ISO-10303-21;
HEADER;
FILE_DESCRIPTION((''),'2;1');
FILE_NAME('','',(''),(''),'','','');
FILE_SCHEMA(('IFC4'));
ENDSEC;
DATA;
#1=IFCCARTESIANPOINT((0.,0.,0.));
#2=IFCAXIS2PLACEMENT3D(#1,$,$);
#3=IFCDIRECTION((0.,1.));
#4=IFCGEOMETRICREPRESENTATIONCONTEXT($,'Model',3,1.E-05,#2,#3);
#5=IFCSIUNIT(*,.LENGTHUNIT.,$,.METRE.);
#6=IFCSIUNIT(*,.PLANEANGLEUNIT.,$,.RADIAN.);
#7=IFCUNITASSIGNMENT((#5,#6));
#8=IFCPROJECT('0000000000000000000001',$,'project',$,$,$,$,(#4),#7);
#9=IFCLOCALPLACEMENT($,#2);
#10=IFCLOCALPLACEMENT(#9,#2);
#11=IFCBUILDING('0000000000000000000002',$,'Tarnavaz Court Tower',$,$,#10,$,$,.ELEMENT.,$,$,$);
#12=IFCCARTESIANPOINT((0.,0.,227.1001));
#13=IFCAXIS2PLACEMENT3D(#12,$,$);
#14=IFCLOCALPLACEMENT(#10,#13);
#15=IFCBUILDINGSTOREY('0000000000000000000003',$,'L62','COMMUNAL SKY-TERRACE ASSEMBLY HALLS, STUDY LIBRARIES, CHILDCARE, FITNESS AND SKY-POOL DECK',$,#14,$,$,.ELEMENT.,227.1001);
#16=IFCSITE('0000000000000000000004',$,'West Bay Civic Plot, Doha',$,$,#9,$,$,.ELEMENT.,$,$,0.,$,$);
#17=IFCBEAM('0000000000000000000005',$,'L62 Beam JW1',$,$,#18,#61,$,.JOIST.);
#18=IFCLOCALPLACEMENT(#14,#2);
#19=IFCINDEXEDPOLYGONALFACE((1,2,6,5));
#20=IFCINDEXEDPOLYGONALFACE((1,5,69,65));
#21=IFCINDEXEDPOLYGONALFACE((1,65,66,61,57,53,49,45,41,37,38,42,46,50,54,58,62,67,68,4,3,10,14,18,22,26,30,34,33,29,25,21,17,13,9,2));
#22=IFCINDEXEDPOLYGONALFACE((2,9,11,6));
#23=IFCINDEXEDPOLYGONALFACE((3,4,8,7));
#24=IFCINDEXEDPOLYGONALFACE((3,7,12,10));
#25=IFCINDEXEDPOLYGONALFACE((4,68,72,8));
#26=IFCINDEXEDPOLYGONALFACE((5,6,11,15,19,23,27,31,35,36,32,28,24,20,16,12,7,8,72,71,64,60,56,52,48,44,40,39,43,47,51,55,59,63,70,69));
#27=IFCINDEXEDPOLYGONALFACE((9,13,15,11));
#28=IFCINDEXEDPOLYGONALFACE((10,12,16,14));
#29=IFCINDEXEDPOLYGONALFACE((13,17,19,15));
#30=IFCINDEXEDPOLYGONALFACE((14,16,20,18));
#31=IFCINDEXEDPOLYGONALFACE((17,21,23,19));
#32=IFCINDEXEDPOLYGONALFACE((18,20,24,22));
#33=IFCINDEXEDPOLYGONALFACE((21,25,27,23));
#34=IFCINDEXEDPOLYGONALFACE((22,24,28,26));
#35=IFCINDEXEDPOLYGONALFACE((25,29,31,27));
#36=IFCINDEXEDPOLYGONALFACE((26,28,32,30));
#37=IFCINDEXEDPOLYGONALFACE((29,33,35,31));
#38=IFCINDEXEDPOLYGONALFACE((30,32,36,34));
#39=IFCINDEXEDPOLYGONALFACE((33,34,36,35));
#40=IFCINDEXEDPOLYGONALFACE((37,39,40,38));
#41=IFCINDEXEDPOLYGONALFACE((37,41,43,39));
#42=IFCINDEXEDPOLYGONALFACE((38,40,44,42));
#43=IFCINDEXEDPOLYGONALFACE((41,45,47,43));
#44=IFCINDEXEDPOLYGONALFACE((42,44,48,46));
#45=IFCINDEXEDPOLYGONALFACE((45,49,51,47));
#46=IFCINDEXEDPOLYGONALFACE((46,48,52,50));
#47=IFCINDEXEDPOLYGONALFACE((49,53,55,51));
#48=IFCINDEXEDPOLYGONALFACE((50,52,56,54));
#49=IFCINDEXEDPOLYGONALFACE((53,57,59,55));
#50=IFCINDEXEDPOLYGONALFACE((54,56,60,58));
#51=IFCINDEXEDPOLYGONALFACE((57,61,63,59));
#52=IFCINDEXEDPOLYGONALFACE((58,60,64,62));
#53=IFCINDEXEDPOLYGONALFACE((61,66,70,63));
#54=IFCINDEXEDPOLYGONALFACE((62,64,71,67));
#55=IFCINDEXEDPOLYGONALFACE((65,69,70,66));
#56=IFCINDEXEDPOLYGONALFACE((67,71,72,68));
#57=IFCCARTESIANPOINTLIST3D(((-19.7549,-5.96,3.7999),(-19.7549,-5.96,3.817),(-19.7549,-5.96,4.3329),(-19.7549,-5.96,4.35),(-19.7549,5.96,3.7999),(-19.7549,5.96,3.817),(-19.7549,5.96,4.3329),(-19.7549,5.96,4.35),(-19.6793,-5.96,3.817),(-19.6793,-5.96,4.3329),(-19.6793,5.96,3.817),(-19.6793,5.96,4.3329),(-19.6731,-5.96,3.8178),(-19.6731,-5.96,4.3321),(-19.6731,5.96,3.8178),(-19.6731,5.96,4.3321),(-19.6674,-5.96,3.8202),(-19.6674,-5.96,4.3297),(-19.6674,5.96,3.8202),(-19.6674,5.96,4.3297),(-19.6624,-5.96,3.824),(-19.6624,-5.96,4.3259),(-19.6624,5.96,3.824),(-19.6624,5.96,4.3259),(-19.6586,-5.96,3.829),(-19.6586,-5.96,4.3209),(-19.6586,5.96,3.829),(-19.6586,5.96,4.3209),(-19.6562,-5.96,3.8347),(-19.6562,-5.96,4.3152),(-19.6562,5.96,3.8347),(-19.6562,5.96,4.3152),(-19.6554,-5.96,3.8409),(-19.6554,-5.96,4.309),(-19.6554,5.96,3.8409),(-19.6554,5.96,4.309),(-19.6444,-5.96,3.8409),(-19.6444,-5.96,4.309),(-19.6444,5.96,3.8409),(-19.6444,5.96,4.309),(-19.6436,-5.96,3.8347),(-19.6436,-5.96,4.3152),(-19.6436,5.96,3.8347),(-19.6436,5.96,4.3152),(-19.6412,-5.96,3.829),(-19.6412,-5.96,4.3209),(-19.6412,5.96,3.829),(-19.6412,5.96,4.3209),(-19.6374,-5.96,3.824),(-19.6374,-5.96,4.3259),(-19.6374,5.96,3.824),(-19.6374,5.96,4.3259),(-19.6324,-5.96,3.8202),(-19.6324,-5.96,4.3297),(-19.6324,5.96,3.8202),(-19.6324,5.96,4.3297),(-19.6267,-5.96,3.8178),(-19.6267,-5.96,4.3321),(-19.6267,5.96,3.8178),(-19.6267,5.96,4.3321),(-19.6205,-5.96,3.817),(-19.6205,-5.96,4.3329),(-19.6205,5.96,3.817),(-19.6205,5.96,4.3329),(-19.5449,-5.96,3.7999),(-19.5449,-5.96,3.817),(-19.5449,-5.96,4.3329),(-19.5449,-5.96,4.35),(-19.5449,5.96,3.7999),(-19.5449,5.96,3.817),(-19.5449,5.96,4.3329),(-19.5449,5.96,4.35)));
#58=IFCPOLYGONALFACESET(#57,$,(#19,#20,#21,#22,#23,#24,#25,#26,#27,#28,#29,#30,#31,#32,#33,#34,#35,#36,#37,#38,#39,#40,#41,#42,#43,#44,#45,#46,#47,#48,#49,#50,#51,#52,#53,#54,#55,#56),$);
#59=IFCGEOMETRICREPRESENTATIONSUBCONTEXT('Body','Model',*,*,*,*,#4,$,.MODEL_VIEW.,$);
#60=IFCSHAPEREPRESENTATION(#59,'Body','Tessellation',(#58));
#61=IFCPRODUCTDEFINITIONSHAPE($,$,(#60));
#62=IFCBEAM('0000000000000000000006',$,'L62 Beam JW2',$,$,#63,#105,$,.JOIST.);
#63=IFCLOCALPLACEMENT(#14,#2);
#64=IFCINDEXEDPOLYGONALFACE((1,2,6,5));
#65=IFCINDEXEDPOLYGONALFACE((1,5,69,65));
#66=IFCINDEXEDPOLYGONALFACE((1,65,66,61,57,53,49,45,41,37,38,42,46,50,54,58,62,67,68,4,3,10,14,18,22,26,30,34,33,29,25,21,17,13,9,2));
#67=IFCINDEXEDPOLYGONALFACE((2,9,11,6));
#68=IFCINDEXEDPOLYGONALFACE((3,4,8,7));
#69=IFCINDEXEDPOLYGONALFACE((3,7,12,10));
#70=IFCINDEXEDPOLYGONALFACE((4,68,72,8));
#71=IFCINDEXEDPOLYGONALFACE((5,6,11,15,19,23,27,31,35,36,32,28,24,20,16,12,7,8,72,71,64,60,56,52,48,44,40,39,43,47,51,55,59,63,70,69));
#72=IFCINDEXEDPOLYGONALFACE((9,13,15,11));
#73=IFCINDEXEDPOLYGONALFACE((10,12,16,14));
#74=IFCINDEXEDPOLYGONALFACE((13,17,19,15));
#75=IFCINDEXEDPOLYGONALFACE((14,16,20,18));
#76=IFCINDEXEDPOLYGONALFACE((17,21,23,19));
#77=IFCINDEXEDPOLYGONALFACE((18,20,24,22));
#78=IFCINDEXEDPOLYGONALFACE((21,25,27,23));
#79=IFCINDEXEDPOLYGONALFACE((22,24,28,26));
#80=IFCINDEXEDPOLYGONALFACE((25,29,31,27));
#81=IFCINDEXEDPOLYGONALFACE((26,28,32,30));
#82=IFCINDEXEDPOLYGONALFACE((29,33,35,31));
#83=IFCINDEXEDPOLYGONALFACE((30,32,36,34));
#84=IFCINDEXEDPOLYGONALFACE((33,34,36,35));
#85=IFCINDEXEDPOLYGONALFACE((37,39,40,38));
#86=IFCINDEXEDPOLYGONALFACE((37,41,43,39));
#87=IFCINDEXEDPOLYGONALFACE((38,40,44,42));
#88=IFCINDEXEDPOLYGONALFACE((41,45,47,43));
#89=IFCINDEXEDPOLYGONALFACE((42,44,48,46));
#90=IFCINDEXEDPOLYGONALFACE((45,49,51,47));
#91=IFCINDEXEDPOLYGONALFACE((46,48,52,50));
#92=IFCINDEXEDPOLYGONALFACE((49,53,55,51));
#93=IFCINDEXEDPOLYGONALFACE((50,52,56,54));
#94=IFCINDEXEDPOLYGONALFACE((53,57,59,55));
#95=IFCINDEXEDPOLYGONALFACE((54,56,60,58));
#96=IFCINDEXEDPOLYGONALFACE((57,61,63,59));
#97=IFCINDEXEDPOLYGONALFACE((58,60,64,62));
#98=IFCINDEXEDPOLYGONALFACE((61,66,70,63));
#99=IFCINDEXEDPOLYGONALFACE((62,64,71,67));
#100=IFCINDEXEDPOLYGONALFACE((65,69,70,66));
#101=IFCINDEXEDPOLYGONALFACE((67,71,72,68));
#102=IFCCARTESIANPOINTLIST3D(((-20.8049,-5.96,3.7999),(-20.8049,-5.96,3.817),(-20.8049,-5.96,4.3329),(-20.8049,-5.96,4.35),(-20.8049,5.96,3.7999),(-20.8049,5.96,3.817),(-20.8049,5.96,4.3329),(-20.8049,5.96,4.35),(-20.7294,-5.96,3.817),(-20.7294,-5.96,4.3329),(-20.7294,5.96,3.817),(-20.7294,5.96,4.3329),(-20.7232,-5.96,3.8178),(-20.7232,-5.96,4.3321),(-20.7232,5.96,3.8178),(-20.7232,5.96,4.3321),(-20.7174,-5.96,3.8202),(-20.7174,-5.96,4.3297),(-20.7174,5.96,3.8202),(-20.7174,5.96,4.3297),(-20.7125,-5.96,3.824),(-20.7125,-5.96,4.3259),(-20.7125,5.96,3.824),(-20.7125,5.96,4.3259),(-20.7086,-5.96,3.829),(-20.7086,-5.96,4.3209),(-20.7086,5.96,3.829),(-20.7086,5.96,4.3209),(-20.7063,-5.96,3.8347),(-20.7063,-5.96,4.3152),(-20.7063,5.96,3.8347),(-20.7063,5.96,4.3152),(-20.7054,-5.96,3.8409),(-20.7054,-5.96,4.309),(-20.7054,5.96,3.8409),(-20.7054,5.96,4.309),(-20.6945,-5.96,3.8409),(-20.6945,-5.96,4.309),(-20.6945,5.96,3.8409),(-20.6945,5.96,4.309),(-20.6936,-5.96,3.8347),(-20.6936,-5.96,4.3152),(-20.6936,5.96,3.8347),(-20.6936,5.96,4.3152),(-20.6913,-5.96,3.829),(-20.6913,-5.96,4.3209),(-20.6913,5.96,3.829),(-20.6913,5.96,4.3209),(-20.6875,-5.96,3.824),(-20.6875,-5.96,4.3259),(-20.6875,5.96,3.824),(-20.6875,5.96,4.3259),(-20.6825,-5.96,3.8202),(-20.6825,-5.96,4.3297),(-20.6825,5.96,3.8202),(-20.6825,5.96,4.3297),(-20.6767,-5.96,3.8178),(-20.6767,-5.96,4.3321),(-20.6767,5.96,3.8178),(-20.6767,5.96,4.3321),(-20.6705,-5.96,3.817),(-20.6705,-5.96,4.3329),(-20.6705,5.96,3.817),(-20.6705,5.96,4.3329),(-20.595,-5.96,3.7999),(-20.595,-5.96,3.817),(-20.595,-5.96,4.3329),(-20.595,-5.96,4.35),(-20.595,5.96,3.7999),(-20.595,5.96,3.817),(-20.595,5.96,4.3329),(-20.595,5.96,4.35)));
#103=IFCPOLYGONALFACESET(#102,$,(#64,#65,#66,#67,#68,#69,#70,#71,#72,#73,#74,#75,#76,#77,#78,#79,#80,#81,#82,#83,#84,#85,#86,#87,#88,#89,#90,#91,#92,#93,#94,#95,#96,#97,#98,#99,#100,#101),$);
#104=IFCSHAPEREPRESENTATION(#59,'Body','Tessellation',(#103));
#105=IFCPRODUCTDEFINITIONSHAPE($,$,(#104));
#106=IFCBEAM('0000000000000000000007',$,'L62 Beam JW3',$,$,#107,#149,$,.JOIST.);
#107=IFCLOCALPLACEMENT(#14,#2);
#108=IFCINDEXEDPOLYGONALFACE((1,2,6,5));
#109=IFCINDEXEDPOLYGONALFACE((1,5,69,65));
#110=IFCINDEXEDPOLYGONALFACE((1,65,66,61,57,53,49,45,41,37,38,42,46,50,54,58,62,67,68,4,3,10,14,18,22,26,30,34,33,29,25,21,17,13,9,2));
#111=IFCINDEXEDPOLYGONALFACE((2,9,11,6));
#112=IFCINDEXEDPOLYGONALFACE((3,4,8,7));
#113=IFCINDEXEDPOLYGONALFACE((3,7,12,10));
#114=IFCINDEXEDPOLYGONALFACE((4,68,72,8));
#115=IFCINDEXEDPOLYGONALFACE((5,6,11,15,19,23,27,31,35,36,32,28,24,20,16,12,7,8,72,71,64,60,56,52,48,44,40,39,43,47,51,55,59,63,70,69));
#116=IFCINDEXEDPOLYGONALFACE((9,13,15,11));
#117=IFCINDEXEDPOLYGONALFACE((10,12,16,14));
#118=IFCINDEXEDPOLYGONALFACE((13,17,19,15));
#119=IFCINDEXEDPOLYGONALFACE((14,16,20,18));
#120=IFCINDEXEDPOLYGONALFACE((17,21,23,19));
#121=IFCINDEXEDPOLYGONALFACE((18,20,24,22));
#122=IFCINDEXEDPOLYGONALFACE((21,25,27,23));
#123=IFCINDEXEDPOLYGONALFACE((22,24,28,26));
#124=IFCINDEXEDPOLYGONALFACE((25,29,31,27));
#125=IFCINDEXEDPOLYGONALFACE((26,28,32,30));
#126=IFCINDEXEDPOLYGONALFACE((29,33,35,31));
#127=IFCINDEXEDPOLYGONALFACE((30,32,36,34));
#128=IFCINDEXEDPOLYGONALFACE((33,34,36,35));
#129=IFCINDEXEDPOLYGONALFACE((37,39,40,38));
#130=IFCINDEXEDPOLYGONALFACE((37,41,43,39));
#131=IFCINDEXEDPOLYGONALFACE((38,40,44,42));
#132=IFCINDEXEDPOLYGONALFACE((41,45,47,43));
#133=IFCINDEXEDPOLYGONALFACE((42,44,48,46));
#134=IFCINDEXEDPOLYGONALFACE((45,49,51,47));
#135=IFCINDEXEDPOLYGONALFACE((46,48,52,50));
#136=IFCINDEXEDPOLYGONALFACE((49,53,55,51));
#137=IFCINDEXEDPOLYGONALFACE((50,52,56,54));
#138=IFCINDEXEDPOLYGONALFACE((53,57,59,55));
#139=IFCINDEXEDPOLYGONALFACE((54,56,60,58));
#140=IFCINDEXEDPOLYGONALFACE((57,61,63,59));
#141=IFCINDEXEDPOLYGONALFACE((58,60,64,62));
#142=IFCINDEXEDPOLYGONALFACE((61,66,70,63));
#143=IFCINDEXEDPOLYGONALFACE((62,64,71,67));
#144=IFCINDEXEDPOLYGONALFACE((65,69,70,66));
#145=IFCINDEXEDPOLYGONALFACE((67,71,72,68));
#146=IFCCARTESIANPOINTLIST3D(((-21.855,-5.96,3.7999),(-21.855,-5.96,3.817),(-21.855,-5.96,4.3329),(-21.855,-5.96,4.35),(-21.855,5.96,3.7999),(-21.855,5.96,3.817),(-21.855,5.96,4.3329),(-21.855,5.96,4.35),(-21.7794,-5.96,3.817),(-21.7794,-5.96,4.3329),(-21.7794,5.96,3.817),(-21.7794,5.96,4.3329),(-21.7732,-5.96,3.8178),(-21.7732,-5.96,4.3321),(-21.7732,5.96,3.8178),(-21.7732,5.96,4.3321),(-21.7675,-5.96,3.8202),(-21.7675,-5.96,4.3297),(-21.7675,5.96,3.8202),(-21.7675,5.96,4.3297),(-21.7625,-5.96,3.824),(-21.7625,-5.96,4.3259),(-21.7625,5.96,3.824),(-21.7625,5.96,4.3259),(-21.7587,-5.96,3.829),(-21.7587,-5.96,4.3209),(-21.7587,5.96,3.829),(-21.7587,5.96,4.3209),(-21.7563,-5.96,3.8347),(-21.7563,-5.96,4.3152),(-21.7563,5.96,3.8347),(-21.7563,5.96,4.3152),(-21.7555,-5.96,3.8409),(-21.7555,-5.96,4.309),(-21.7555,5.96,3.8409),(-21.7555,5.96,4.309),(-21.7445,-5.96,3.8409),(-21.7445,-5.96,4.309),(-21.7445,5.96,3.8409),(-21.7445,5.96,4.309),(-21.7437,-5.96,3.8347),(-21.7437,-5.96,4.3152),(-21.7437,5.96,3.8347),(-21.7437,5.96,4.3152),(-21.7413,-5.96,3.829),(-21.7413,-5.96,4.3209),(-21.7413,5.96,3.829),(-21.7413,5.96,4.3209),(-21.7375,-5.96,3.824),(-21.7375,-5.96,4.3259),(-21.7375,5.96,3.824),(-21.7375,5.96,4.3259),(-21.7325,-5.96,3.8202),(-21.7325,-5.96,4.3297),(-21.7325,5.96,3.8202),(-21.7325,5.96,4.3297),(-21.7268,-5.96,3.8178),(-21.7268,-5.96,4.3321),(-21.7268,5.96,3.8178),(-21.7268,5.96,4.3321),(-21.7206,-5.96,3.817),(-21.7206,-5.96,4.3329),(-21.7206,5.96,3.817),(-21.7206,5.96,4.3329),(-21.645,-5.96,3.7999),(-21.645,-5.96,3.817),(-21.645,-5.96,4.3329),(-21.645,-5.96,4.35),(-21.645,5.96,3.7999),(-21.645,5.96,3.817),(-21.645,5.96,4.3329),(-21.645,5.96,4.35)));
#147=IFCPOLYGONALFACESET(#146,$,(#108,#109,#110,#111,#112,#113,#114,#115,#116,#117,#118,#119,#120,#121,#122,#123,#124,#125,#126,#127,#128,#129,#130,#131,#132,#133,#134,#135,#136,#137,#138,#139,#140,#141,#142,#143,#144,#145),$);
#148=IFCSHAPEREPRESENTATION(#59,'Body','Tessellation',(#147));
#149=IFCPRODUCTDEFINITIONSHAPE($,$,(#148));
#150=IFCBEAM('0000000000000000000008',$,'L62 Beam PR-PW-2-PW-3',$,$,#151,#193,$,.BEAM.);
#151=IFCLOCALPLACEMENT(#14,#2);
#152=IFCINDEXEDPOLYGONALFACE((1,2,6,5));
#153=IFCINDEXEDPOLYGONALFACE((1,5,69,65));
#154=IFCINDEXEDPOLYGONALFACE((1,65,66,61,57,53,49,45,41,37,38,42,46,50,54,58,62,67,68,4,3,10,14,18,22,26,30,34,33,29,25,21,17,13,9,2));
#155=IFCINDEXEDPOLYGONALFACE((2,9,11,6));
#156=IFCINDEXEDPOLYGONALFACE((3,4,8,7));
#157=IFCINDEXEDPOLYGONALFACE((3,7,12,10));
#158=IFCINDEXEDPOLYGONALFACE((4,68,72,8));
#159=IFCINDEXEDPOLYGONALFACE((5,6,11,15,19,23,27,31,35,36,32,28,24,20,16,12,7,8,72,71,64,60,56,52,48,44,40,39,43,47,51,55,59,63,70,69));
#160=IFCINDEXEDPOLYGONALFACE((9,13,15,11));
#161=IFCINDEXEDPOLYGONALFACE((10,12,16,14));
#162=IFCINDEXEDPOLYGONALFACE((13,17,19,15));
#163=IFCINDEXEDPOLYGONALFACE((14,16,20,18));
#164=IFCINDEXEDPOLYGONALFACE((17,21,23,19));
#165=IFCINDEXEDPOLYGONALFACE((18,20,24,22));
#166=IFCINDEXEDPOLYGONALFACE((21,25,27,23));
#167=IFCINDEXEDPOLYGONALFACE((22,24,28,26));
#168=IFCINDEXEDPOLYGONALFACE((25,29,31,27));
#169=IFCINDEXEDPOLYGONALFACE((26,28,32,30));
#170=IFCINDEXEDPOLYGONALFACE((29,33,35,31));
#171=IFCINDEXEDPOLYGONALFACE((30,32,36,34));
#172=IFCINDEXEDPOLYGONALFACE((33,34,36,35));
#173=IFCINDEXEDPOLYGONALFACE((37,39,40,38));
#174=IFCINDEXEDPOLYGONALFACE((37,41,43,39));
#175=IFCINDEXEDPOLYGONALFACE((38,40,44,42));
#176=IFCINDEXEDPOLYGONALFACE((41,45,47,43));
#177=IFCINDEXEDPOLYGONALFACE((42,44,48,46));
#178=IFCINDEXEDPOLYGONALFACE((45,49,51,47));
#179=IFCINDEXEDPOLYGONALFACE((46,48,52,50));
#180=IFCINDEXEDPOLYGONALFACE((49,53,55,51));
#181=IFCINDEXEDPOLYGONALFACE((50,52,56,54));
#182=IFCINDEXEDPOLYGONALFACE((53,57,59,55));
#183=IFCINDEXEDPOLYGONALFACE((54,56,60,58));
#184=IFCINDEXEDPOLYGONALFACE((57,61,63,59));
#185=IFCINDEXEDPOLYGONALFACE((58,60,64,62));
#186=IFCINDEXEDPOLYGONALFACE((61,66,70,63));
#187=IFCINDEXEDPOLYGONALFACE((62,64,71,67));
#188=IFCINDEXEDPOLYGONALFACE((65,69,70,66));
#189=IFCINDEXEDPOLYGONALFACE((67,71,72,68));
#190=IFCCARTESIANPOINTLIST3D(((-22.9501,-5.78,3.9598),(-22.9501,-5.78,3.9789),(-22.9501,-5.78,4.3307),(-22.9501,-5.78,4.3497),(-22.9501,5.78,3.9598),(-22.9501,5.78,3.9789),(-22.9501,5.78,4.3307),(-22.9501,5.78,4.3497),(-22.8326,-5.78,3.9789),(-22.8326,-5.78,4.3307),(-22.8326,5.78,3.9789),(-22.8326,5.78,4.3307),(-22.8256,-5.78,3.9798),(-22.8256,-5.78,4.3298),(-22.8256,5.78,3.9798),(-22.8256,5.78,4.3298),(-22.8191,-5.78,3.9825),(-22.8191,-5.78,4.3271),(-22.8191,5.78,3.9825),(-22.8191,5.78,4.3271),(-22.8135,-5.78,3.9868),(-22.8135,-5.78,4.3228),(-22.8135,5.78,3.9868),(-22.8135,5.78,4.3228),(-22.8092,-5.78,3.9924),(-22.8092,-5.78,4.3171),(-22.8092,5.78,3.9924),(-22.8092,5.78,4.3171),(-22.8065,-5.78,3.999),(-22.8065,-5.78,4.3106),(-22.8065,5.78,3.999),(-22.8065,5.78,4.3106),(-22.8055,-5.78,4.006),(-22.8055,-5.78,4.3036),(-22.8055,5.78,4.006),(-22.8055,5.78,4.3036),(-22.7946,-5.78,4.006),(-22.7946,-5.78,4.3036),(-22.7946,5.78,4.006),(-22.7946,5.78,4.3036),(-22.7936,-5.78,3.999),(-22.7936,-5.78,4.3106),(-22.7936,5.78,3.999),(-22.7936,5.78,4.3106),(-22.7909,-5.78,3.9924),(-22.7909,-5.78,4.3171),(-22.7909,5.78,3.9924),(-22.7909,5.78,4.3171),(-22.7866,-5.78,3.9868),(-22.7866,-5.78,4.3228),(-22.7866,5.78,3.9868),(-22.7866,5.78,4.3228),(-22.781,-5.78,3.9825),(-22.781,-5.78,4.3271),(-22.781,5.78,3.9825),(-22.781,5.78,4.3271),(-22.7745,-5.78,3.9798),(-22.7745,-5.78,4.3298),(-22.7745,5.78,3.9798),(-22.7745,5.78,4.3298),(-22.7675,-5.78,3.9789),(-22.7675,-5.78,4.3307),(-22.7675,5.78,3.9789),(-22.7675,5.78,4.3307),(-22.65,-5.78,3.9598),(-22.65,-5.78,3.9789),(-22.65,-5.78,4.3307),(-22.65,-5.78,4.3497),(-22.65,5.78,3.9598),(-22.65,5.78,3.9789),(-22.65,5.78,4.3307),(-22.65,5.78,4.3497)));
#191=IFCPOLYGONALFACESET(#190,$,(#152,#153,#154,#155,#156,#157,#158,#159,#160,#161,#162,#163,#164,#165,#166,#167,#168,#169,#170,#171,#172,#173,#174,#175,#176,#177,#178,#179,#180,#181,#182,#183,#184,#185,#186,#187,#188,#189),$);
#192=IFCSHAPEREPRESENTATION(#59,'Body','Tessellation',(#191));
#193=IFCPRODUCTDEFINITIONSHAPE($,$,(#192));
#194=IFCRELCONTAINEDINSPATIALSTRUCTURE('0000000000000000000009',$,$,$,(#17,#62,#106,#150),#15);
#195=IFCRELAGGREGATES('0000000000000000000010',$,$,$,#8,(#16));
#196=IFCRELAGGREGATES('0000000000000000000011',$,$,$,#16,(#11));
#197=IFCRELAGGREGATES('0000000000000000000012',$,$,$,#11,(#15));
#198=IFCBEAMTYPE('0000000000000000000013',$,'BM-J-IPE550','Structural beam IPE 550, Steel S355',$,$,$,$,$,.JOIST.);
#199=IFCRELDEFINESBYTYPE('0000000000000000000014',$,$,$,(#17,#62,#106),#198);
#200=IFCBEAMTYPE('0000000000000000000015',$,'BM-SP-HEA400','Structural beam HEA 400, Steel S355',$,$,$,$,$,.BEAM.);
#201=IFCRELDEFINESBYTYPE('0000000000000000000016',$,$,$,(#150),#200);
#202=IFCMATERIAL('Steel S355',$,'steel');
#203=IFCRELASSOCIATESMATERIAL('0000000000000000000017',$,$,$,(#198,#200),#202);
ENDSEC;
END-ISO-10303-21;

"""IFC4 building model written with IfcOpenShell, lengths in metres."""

from ifc_helpers import new_model, si_unit, direction, frame, origin, origin_2d, place, context, subcontext, project, spatial, i_section, extrude, material, material_profile, profile_set, type_object, element, save


model = new_model("IFC4")

# Units and contexts
model_context = context("Model", 3, precision=1e-05, world=origin(), true_north=direction((0.0, 1.0)))
body_context = subcontext(model_context, "Body", "Model", "MODEL_VIEW")
ifc_project = project(units=[si_unit("LENGTHUNIT", "METRE"), si_unit("PLANEANGLEUNIT", "RADIAN")], contexts=[model_context])

# Site, building, storey
site_placement = place(None, origin())
site = spatial("IfcSite", under=ifc_project, at=site_placement, Name="West Bay Civic Plot, Doha", CompositionType="ELEMENT", RefElevation=0.0)
building_placement = place(site_placement, origin())
building = spatial("IfcBuilding", under=site, at=building_placement, Name="Tarnavaz Court Tower", CompositionType="ELEMENT")
storey_placement = place(building_placement, frame((0.0, 0.0, 227.1001)))
storey = spatial("IfcBuildingStorey", under=building, at=storey_placement, Name="L62", Description="COMMUNAL SKY-TERRACE ASSEMBLY HALLS, STUDY LIBRARIES, CHILDCARE, FITNESS AND SKY-POOL DECK", CompositionType="ELEMENT", Elevation=227.1001)

# Beams
ifc_material_1 = material(Name="Steel S355", Category="steel")
ifc_material_profile_1 = material_profile(ifc_material_1, i_section(OverallWidth=0.21, OverallDepth=0.55, WebThickness=0.011, FlangeThickness=0.0171, FilletRadius=0.0239, at=origin_2d()), Name="IPE 550")
ifc_profile_set_1 = profile_set([ifc_material_profile_1], Name="Steel S355")
beam_type_1 = type_object("IfcBeamType", Name="BM-J-IPE550", Description="Structural beam IPE 550, Steel S355", PredefinedType="JOIST", material=ifc_profile_set_1)
for number, where, z_axis, x_axis, name in (
    (1, (-19.6499, -5.96, 4.075), (0.0, 1.0, 0.0), (-1.0, 0.0, 0.0), "L62 Beam JW1"),
    (2, (-20.7, -5.96, 4.075), (0.0, 1.0, 0.0), (-1.0, 0.0, 0.0), "L62 Beam JW2"),
    (3, (-21.75, -5.96, 4.075), (0.0, 1.0, 0.0), (-1.0, 0.0, 0.0), "L62 Beam JW3"),
):
    element("IfcBeam", number, at=place(storey_placement, frame(where, z_axis=z_axis, x_axis=x_axis)), inside=storey, type_object=beam_type_1, Name=name, PredefinedType="JOIST", context=body_context, shape_type="SweptSolid", body=[
        extrude(i_section(OverallWidth=0.21, OverallDepth=0.55, WebThickness=0.011, FlangeThickness=0.0171, FilletRadius=0.0239, at=origin_2d()), origin(), (0.0, 0.0, 1.0), 11.9199),
    ])
ifc_material_profile_2 = material_profile(ifc_material_1, i_section(OverallWidth=0.3, OverallDepth=0.3899, WebThickness=0.011, FlangeThickness=0.019, FilletRadius=0.0271, at=origin_2d()), Name="HEA 400")
ifc_profile_set_2 = profile_set([ifc_material_profile_2], Name="Steel S355")
beam_type_2 = type_object("IfcBeamType", Name="BM-SP-HEA400", Description="Structural beam HEA 400, Steel S355", PredefinedType="BEAM", material=ifc_profile_set_2)
beam_1_placement = place(storey_placement, frame((-22.8, -5.78, 4.1548), z_axis=(0.0, 1.0, 0.0), x_axis=(-1.0, 0.0, 0.0)))
element("IfcBeam", 4, at=beam_1_placement, inside=storey, type_object=beam_type_2, Name="L62 Beam PR-PW-2-PW-3", PredefinedType="BEAM", context=body_context, shape_type="SweptSolid", body=[
    extrude(i_section(OverallWidth=0.3, OverallDepth=0.3899, WebThickness=0.011, FlangeThickness=0.019, FilletRadius=0.0271, at=origin_2d()), origin(), (0.0, 0.0, 1.0), 11.5601),
])

save(model, "model.ifc")
